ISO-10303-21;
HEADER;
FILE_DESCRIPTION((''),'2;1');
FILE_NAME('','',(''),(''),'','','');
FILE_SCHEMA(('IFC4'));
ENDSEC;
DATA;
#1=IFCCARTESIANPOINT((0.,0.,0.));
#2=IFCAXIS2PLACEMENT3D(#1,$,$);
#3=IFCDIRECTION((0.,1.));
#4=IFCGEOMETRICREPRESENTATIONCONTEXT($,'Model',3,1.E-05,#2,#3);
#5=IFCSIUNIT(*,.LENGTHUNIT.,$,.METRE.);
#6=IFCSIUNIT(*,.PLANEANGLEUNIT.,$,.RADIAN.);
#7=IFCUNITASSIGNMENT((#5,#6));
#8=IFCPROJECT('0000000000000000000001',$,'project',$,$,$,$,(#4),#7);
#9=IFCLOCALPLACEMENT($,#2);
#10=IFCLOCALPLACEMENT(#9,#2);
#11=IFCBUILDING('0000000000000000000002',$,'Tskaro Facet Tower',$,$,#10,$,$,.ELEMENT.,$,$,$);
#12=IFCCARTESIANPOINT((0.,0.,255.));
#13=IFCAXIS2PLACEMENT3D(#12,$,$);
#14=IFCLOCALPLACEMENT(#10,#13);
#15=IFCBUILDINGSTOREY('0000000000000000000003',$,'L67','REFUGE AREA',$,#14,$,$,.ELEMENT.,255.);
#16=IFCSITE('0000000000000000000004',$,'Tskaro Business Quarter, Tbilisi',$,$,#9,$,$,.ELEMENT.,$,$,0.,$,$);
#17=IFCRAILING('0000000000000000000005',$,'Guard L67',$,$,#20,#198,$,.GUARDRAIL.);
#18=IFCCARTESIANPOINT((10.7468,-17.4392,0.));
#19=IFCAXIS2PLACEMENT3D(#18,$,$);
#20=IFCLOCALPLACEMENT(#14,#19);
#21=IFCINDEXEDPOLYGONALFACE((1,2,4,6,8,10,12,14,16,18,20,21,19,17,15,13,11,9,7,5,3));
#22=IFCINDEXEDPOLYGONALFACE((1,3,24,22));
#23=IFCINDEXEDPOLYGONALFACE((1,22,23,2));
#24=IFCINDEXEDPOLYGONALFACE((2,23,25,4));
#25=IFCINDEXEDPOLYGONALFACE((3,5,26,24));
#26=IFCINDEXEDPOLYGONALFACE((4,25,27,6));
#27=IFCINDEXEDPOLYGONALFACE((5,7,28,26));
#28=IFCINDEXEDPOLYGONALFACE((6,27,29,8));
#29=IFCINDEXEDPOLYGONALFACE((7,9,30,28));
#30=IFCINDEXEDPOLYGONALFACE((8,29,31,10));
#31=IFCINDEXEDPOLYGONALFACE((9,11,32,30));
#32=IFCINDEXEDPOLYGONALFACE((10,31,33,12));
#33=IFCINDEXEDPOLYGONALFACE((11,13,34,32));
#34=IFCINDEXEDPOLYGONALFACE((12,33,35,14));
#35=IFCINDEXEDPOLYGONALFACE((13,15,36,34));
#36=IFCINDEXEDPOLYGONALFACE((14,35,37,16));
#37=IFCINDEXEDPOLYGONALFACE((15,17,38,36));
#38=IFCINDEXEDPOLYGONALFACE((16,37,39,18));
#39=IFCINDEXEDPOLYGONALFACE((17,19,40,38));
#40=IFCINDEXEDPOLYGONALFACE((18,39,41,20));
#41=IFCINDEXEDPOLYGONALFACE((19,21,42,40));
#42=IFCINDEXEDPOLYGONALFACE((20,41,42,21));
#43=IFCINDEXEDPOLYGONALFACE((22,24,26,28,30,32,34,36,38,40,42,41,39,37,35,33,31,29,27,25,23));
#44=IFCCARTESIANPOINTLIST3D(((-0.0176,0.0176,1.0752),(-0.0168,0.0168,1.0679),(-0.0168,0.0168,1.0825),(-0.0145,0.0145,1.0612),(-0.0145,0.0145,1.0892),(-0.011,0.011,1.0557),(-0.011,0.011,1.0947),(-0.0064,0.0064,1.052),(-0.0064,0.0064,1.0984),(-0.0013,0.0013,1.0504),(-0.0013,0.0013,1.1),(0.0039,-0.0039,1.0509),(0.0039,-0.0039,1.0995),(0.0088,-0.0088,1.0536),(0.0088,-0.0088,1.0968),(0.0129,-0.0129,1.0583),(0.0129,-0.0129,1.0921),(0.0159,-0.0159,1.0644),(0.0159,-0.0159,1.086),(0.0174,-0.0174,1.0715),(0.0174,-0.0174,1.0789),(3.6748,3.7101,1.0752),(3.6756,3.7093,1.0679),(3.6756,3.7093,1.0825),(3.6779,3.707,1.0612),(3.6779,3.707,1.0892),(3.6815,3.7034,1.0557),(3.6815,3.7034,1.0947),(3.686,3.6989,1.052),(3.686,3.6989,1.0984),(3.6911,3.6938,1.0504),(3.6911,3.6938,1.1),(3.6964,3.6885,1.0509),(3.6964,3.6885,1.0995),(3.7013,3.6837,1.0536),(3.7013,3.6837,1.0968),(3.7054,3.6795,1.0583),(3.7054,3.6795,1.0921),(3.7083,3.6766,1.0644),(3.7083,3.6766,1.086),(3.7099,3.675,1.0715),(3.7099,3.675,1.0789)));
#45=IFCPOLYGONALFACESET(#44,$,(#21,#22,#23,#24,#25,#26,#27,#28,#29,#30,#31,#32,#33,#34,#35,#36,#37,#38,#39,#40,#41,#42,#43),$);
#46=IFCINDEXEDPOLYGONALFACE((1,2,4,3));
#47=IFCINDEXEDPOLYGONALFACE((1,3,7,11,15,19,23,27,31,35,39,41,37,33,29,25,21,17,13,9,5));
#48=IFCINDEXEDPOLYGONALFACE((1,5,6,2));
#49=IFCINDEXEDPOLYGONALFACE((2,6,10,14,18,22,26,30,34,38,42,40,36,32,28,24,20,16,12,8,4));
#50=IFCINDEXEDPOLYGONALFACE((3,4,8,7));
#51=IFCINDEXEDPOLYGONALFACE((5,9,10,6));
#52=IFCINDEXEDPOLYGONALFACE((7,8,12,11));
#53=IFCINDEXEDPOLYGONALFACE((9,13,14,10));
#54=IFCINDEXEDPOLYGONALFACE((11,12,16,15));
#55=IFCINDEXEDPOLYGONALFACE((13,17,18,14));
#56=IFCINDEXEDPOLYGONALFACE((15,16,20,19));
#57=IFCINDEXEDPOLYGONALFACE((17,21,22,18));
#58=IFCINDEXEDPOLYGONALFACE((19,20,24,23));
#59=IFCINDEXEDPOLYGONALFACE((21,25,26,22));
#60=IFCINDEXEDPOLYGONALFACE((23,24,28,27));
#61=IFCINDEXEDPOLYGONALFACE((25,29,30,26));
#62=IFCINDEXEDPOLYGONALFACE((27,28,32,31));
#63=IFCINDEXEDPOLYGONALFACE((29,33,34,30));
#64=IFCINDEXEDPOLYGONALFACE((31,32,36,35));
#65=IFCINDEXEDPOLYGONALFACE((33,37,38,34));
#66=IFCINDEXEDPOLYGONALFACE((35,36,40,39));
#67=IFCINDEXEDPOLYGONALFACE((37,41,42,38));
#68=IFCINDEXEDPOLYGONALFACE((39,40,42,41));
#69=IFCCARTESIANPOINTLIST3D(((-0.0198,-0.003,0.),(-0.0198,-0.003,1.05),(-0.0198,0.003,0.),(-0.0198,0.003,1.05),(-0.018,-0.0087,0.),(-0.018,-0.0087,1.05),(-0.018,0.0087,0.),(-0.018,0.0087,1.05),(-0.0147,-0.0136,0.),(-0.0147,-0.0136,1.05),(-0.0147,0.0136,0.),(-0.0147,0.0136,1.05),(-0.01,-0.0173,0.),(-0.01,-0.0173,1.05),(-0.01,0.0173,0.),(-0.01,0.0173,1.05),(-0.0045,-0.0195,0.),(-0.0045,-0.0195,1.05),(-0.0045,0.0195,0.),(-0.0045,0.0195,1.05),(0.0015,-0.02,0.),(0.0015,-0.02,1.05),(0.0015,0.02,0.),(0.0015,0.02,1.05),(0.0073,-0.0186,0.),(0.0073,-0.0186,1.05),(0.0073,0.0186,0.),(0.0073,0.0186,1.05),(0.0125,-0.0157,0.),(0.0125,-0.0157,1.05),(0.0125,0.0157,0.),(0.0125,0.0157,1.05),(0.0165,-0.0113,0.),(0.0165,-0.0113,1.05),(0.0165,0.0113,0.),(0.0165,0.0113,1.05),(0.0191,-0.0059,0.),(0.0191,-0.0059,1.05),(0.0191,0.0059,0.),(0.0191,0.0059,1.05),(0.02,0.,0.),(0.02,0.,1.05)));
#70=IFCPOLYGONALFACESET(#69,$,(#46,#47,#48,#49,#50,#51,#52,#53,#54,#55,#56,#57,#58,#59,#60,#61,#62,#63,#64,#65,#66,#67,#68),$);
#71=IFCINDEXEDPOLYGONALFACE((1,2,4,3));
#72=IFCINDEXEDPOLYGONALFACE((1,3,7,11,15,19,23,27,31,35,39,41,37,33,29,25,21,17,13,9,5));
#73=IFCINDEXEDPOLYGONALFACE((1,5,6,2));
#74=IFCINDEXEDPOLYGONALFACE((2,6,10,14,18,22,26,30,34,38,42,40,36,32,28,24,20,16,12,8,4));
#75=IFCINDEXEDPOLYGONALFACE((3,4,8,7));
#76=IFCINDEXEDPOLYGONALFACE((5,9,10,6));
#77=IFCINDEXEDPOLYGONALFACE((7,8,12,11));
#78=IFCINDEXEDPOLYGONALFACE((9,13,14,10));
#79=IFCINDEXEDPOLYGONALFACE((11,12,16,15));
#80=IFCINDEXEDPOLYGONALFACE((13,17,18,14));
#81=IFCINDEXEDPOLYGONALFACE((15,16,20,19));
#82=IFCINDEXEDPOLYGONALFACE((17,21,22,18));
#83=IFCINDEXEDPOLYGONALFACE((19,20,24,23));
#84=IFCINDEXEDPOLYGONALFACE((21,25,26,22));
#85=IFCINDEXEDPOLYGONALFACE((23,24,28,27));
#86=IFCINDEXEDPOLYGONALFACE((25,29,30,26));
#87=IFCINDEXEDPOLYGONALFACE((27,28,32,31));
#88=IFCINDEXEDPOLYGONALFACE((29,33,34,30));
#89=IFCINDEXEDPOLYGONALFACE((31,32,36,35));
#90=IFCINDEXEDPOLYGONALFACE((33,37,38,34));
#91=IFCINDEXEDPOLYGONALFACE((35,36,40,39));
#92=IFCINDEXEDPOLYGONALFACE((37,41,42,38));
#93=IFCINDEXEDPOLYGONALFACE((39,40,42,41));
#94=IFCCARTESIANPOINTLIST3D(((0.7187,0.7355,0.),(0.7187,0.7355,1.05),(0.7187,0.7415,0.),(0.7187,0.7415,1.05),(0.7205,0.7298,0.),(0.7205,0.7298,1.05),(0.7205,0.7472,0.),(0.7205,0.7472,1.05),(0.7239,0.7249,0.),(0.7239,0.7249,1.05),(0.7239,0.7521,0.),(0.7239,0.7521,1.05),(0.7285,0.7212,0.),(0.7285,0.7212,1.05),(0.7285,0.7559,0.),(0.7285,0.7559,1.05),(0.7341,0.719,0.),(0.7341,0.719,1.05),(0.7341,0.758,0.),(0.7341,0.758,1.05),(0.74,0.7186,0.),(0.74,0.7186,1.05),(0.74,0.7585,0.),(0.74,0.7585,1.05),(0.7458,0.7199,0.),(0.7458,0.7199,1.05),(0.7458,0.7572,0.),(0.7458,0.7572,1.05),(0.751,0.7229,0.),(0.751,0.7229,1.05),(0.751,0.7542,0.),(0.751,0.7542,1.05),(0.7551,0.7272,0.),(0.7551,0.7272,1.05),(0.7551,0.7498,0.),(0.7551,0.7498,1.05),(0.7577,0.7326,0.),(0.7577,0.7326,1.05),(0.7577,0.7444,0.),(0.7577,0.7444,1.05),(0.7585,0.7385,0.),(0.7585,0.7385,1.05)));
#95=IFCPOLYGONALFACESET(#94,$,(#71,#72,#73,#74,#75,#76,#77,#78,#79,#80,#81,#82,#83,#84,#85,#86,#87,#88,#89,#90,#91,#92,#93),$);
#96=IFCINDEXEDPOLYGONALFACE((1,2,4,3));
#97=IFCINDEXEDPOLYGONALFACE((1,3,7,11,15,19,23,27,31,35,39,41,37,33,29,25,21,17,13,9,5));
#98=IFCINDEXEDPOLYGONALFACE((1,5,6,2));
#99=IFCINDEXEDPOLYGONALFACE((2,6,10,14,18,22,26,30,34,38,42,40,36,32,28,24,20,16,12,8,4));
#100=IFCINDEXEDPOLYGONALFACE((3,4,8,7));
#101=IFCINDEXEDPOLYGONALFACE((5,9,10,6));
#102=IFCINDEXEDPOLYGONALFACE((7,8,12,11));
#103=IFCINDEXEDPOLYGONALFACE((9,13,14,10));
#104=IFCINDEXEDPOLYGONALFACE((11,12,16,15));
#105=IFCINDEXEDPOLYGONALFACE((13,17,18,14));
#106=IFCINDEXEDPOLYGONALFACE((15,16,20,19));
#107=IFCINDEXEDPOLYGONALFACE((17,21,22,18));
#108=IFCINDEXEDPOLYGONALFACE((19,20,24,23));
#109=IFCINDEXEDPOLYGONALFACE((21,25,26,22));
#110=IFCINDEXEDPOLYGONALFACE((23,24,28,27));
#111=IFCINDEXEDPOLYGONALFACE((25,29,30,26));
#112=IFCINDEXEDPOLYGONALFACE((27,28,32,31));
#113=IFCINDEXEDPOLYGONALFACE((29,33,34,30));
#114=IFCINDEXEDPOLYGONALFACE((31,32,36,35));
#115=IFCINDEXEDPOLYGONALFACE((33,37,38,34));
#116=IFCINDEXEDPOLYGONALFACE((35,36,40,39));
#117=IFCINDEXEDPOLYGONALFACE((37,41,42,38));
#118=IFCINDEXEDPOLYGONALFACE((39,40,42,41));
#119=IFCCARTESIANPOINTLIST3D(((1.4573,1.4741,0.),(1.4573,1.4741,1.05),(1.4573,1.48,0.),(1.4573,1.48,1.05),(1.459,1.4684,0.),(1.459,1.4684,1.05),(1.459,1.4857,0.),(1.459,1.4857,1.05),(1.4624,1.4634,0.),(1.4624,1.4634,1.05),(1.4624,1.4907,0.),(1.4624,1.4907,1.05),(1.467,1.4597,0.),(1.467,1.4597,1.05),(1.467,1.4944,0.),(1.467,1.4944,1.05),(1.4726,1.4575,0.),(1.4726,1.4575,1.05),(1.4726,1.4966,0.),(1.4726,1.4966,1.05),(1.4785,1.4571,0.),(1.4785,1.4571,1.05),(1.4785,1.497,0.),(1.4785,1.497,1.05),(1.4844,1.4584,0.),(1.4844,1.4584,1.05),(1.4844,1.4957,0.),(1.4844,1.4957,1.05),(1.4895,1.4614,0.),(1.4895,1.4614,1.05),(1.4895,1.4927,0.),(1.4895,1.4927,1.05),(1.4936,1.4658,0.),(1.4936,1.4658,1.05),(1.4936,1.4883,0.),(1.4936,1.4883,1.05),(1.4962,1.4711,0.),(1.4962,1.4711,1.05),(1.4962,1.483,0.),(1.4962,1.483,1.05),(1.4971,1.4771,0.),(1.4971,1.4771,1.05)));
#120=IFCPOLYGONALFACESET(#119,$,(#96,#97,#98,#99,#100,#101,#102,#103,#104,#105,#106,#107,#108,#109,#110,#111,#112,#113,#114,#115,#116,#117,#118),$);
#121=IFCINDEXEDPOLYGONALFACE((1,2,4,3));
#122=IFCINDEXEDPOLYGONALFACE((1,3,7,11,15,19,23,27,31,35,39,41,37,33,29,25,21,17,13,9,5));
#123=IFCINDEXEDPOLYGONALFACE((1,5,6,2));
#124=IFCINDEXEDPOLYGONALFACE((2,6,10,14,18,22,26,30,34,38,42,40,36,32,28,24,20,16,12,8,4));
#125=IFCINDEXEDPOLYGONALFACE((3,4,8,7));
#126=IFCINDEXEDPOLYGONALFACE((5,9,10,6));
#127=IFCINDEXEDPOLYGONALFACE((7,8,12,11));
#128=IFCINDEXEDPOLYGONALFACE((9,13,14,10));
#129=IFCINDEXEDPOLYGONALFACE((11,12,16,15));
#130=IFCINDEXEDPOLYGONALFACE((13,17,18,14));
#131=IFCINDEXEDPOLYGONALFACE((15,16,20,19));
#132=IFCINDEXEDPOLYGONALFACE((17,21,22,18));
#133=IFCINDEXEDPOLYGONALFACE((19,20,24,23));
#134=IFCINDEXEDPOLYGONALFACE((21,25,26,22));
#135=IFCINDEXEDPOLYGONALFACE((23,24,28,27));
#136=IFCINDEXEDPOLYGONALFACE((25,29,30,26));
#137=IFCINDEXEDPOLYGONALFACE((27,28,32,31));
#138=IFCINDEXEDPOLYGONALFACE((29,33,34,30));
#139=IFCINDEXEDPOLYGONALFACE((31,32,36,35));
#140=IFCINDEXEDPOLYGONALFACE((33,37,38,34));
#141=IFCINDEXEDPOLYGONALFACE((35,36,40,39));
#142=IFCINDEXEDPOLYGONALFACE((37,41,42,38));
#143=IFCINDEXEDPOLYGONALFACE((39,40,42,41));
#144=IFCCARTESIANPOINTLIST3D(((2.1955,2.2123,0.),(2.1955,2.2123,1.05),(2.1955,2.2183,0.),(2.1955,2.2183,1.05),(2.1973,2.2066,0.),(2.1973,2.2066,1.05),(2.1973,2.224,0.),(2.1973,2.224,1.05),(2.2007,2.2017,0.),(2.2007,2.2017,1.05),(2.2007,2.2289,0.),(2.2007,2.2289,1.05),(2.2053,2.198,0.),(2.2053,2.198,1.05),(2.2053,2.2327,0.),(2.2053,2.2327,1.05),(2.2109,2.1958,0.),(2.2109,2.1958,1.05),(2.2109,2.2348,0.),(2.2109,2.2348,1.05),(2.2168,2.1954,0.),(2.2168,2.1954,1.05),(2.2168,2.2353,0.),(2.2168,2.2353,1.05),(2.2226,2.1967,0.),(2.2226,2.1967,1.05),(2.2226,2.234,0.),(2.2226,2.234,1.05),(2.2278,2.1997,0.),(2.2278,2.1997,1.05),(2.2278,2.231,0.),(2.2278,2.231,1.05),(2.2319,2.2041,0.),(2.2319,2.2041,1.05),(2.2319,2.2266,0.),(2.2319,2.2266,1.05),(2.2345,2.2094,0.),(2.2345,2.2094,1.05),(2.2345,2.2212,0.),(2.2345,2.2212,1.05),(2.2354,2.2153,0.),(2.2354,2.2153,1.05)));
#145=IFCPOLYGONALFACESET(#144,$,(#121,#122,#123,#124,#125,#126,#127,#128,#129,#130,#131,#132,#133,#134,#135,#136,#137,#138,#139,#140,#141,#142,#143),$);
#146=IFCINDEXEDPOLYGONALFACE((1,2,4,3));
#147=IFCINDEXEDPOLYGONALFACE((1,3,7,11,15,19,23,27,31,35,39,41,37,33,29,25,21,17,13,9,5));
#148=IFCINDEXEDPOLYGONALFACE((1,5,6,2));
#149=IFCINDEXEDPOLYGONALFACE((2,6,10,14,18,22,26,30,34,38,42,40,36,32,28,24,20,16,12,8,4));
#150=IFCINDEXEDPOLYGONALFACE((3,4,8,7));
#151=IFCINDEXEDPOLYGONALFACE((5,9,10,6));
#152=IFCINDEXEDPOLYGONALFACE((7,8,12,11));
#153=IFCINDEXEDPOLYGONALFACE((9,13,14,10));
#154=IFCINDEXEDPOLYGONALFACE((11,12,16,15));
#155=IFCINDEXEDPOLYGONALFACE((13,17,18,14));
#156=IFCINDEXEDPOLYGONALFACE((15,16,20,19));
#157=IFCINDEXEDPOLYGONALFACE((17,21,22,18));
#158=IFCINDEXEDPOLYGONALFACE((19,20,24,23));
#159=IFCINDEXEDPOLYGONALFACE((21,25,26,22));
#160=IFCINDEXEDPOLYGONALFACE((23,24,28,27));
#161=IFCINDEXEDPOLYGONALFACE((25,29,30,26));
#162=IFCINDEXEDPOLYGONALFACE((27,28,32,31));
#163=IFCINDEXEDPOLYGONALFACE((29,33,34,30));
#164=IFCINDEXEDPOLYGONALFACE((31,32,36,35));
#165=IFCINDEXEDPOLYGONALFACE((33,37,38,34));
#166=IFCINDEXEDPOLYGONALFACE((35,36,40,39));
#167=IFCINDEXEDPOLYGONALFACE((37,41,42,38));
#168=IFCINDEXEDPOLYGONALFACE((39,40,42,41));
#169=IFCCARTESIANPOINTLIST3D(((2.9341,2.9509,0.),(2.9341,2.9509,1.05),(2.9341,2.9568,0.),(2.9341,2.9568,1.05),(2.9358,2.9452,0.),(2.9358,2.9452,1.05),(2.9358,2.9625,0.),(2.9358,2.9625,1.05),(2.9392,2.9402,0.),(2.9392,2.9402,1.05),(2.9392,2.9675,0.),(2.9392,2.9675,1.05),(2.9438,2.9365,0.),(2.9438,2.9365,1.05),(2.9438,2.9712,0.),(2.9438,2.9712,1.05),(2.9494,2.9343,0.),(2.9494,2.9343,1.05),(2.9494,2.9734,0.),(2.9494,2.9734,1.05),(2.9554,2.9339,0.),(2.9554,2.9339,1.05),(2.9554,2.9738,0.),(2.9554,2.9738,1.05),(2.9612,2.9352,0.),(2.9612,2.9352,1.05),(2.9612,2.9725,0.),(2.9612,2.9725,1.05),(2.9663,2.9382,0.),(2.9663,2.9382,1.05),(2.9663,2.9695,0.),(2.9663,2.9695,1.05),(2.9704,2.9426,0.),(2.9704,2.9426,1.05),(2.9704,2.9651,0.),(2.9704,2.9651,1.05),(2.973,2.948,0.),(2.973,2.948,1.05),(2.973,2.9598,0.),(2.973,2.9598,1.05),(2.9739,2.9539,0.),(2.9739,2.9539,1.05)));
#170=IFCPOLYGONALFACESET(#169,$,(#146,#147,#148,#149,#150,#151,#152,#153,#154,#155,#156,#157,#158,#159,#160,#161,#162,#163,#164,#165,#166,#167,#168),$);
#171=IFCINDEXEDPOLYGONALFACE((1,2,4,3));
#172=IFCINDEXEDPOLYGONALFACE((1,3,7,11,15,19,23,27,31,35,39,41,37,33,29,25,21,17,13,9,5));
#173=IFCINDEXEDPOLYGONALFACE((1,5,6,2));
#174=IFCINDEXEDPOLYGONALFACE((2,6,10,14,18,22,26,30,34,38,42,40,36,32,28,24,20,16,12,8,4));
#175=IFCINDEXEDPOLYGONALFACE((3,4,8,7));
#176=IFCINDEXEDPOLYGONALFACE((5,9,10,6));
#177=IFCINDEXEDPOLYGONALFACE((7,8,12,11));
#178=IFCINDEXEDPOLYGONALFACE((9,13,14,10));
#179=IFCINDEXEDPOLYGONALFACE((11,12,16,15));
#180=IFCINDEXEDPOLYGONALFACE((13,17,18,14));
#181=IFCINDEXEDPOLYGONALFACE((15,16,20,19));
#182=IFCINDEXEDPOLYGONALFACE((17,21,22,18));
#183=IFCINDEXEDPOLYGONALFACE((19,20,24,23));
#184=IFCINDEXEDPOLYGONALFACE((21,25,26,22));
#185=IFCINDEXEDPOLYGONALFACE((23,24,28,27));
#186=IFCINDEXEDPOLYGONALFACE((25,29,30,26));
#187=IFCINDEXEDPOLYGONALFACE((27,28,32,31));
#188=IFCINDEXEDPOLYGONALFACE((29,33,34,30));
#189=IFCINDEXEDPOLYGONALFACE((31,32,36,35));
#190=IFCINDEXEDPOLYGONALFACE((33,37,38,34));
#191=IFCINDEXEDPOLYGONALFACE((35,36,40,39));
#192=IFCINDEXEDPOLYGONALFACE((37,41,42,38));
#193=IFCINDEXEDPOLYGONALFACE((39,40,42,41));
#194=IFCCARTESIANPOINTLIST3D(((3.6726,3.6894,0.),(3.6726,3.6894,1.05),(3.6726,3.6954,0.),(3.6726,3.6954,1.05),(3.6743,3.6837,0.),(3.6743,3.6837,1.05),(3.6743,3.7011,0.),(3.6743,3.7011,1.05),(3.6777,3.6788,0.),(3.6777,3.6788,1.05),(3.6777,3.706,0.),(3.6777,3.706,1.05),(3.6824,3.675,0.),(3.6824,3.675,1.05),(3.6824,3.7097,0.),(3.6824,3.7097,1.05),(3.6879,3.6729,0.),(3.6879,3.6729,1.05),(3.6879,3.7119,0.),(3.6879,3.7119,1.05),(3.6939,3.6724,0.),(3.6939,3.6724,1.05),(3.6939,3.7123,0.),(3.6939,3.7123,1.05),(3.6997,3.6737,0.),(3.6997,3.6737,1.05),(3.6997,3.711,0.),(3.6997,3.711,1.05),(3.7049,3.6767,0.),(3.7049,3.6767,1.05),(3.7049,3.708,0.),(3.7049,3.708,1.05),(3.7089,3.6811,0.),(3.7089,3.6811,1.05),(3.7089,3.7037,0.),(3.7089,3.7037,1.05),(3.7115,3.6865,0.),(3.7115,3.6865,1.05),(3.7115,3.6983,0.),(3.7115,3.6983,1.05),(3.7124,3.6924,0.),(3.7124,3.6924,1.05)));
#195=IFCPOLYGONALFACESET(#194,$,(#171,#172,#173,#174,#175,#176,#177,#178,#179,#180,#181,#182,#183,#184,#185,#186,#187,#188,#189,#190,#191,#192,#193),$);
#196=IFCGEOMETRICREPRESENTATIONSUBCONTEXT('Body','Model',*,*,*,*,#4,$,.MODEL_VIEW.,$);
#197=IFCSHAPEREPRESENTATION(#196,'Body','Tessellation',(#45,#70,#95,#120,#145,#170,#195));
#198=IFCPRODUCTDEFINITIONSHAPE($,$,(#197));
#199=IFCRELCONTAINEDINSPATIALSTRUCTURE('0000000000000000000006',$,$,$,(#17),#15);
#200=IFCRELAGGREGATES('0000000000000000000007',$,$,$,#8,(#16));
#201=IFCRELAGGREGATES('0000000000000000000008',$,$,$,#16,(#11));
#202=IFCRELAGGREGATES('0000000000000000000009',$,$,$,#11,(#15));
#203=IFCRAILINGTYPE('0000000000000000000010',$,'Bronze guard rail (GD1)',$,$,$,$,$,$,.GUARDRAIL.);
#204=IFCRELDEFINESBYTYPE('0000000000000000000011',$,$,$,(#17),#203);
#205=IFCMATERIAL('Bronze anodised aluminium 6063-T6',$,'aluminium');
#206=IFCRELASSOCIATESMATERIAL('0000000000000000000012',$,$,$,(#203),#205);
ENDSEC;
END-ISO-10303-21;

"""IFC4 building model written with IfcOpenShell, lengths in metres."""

from ifc_helpers import new_model, si_unit, direction, frame, origin, origin_2d, place, context, subcontext, project, spatial, circle, extrude, material, type_object, element, save


model = new_model("IFC4")

# Units and contexts
model_context = context("Model", 3, precision=1e-05, world=origin(), true_north=direction((0.0, 1.0)))
body_context = subcontext(model_context, "Body", "Model", "MODEL_VIEW")
ifc_project = project(units=[si_unit("LENGTHUNIT", "METRE"), si_unit("PLANEANGLEUNIT", "RADIAN")], contexts=[model_context])

# Site, building, storey
site_placement = place(None, origin())
site = spatial("IfcSite", under=ifc_project, at=site_placement, Name="Tskaro Business Quarter, Tbilisi", CompositionType="ELEMENT", RefElevation=0.0)
building_placement = place(site_placement, origin())
building = spatial("IfcBuilding", under=site, at=building_placement, Name="Tskaro Facet Tower", CompositionType="ELEMENT")
storey_placement = place(building_placement, frame((0.0, 0.0, 255.0)))
storey = spatial("IfcBuildingStorey", under=building, at=storey_placement, Name="L67", Description="REFUGE AREA", CompositionType="ELEMENT", Elevation=255.0)

# Railing
ifc_material_1 = material(Name="Bronze anodised aluminium 6063-T6", Category="aluminium")
railing_type = type_object("IfcRailingType", Name="Bronze guard rail (GD1)", PredefinedType="GUARDRAIL", material=ifc_material_1)
railing_placement = place(storey_placement, frame((10.7468, -17.4392, 0.0)))
element("IfcRailing", 1, at=railing_placement, inside=storey, type_object=railing_type, Name="Guard L67", PredefinedType="GUARDRAIL", context=body_context, shape_type="SweptSolid", body=[
    extrude(circle(Radius=0.0249, at=origin_2d()), frame((0.0, 0.0, 1.0752), z_axis=(0.707107, 0.707107, 0.0), x_axis=(-0.707107, 0.707107, 0.0)), (0.0, 0.0, 1.0), 5.2219),
    extrude(circle(Radius=0.02, at=origin_2d()), origin(), (0.0, 0.0, 1.0), 1.05),
    extrude(circle(Radius=0.02, at=origin_2d()), frame((0.7385, 0.7385, 0.0)), (0.0, 0.0, 1.0), 1.05),
    extrude(circle(Radius=0.02, at=origin_2d()), frame((1.4771, 1.4771, 0.0)), (0.0, 0.0, 1.0), 1.05),
    extrude(circle(Radius=0.02, at=origin_2d()), frame((2.2153, 2.2153, 0.0)), (0.0, 0.0, 1.0), 1.05),
    extrude(circle(Radius=0.02, at=origin_2d()), frame((2.9539, 2.9539, 0.0)), (0.0, 0.0, 1.0), 1.05),
    extrude(circle(Radius=0.02, at=origin_2d()), frame((3.6924, 3.6924, 0.0)), (0.0, 0.0, 1.0), 1.05),
])

save(model, "model.ifc")
